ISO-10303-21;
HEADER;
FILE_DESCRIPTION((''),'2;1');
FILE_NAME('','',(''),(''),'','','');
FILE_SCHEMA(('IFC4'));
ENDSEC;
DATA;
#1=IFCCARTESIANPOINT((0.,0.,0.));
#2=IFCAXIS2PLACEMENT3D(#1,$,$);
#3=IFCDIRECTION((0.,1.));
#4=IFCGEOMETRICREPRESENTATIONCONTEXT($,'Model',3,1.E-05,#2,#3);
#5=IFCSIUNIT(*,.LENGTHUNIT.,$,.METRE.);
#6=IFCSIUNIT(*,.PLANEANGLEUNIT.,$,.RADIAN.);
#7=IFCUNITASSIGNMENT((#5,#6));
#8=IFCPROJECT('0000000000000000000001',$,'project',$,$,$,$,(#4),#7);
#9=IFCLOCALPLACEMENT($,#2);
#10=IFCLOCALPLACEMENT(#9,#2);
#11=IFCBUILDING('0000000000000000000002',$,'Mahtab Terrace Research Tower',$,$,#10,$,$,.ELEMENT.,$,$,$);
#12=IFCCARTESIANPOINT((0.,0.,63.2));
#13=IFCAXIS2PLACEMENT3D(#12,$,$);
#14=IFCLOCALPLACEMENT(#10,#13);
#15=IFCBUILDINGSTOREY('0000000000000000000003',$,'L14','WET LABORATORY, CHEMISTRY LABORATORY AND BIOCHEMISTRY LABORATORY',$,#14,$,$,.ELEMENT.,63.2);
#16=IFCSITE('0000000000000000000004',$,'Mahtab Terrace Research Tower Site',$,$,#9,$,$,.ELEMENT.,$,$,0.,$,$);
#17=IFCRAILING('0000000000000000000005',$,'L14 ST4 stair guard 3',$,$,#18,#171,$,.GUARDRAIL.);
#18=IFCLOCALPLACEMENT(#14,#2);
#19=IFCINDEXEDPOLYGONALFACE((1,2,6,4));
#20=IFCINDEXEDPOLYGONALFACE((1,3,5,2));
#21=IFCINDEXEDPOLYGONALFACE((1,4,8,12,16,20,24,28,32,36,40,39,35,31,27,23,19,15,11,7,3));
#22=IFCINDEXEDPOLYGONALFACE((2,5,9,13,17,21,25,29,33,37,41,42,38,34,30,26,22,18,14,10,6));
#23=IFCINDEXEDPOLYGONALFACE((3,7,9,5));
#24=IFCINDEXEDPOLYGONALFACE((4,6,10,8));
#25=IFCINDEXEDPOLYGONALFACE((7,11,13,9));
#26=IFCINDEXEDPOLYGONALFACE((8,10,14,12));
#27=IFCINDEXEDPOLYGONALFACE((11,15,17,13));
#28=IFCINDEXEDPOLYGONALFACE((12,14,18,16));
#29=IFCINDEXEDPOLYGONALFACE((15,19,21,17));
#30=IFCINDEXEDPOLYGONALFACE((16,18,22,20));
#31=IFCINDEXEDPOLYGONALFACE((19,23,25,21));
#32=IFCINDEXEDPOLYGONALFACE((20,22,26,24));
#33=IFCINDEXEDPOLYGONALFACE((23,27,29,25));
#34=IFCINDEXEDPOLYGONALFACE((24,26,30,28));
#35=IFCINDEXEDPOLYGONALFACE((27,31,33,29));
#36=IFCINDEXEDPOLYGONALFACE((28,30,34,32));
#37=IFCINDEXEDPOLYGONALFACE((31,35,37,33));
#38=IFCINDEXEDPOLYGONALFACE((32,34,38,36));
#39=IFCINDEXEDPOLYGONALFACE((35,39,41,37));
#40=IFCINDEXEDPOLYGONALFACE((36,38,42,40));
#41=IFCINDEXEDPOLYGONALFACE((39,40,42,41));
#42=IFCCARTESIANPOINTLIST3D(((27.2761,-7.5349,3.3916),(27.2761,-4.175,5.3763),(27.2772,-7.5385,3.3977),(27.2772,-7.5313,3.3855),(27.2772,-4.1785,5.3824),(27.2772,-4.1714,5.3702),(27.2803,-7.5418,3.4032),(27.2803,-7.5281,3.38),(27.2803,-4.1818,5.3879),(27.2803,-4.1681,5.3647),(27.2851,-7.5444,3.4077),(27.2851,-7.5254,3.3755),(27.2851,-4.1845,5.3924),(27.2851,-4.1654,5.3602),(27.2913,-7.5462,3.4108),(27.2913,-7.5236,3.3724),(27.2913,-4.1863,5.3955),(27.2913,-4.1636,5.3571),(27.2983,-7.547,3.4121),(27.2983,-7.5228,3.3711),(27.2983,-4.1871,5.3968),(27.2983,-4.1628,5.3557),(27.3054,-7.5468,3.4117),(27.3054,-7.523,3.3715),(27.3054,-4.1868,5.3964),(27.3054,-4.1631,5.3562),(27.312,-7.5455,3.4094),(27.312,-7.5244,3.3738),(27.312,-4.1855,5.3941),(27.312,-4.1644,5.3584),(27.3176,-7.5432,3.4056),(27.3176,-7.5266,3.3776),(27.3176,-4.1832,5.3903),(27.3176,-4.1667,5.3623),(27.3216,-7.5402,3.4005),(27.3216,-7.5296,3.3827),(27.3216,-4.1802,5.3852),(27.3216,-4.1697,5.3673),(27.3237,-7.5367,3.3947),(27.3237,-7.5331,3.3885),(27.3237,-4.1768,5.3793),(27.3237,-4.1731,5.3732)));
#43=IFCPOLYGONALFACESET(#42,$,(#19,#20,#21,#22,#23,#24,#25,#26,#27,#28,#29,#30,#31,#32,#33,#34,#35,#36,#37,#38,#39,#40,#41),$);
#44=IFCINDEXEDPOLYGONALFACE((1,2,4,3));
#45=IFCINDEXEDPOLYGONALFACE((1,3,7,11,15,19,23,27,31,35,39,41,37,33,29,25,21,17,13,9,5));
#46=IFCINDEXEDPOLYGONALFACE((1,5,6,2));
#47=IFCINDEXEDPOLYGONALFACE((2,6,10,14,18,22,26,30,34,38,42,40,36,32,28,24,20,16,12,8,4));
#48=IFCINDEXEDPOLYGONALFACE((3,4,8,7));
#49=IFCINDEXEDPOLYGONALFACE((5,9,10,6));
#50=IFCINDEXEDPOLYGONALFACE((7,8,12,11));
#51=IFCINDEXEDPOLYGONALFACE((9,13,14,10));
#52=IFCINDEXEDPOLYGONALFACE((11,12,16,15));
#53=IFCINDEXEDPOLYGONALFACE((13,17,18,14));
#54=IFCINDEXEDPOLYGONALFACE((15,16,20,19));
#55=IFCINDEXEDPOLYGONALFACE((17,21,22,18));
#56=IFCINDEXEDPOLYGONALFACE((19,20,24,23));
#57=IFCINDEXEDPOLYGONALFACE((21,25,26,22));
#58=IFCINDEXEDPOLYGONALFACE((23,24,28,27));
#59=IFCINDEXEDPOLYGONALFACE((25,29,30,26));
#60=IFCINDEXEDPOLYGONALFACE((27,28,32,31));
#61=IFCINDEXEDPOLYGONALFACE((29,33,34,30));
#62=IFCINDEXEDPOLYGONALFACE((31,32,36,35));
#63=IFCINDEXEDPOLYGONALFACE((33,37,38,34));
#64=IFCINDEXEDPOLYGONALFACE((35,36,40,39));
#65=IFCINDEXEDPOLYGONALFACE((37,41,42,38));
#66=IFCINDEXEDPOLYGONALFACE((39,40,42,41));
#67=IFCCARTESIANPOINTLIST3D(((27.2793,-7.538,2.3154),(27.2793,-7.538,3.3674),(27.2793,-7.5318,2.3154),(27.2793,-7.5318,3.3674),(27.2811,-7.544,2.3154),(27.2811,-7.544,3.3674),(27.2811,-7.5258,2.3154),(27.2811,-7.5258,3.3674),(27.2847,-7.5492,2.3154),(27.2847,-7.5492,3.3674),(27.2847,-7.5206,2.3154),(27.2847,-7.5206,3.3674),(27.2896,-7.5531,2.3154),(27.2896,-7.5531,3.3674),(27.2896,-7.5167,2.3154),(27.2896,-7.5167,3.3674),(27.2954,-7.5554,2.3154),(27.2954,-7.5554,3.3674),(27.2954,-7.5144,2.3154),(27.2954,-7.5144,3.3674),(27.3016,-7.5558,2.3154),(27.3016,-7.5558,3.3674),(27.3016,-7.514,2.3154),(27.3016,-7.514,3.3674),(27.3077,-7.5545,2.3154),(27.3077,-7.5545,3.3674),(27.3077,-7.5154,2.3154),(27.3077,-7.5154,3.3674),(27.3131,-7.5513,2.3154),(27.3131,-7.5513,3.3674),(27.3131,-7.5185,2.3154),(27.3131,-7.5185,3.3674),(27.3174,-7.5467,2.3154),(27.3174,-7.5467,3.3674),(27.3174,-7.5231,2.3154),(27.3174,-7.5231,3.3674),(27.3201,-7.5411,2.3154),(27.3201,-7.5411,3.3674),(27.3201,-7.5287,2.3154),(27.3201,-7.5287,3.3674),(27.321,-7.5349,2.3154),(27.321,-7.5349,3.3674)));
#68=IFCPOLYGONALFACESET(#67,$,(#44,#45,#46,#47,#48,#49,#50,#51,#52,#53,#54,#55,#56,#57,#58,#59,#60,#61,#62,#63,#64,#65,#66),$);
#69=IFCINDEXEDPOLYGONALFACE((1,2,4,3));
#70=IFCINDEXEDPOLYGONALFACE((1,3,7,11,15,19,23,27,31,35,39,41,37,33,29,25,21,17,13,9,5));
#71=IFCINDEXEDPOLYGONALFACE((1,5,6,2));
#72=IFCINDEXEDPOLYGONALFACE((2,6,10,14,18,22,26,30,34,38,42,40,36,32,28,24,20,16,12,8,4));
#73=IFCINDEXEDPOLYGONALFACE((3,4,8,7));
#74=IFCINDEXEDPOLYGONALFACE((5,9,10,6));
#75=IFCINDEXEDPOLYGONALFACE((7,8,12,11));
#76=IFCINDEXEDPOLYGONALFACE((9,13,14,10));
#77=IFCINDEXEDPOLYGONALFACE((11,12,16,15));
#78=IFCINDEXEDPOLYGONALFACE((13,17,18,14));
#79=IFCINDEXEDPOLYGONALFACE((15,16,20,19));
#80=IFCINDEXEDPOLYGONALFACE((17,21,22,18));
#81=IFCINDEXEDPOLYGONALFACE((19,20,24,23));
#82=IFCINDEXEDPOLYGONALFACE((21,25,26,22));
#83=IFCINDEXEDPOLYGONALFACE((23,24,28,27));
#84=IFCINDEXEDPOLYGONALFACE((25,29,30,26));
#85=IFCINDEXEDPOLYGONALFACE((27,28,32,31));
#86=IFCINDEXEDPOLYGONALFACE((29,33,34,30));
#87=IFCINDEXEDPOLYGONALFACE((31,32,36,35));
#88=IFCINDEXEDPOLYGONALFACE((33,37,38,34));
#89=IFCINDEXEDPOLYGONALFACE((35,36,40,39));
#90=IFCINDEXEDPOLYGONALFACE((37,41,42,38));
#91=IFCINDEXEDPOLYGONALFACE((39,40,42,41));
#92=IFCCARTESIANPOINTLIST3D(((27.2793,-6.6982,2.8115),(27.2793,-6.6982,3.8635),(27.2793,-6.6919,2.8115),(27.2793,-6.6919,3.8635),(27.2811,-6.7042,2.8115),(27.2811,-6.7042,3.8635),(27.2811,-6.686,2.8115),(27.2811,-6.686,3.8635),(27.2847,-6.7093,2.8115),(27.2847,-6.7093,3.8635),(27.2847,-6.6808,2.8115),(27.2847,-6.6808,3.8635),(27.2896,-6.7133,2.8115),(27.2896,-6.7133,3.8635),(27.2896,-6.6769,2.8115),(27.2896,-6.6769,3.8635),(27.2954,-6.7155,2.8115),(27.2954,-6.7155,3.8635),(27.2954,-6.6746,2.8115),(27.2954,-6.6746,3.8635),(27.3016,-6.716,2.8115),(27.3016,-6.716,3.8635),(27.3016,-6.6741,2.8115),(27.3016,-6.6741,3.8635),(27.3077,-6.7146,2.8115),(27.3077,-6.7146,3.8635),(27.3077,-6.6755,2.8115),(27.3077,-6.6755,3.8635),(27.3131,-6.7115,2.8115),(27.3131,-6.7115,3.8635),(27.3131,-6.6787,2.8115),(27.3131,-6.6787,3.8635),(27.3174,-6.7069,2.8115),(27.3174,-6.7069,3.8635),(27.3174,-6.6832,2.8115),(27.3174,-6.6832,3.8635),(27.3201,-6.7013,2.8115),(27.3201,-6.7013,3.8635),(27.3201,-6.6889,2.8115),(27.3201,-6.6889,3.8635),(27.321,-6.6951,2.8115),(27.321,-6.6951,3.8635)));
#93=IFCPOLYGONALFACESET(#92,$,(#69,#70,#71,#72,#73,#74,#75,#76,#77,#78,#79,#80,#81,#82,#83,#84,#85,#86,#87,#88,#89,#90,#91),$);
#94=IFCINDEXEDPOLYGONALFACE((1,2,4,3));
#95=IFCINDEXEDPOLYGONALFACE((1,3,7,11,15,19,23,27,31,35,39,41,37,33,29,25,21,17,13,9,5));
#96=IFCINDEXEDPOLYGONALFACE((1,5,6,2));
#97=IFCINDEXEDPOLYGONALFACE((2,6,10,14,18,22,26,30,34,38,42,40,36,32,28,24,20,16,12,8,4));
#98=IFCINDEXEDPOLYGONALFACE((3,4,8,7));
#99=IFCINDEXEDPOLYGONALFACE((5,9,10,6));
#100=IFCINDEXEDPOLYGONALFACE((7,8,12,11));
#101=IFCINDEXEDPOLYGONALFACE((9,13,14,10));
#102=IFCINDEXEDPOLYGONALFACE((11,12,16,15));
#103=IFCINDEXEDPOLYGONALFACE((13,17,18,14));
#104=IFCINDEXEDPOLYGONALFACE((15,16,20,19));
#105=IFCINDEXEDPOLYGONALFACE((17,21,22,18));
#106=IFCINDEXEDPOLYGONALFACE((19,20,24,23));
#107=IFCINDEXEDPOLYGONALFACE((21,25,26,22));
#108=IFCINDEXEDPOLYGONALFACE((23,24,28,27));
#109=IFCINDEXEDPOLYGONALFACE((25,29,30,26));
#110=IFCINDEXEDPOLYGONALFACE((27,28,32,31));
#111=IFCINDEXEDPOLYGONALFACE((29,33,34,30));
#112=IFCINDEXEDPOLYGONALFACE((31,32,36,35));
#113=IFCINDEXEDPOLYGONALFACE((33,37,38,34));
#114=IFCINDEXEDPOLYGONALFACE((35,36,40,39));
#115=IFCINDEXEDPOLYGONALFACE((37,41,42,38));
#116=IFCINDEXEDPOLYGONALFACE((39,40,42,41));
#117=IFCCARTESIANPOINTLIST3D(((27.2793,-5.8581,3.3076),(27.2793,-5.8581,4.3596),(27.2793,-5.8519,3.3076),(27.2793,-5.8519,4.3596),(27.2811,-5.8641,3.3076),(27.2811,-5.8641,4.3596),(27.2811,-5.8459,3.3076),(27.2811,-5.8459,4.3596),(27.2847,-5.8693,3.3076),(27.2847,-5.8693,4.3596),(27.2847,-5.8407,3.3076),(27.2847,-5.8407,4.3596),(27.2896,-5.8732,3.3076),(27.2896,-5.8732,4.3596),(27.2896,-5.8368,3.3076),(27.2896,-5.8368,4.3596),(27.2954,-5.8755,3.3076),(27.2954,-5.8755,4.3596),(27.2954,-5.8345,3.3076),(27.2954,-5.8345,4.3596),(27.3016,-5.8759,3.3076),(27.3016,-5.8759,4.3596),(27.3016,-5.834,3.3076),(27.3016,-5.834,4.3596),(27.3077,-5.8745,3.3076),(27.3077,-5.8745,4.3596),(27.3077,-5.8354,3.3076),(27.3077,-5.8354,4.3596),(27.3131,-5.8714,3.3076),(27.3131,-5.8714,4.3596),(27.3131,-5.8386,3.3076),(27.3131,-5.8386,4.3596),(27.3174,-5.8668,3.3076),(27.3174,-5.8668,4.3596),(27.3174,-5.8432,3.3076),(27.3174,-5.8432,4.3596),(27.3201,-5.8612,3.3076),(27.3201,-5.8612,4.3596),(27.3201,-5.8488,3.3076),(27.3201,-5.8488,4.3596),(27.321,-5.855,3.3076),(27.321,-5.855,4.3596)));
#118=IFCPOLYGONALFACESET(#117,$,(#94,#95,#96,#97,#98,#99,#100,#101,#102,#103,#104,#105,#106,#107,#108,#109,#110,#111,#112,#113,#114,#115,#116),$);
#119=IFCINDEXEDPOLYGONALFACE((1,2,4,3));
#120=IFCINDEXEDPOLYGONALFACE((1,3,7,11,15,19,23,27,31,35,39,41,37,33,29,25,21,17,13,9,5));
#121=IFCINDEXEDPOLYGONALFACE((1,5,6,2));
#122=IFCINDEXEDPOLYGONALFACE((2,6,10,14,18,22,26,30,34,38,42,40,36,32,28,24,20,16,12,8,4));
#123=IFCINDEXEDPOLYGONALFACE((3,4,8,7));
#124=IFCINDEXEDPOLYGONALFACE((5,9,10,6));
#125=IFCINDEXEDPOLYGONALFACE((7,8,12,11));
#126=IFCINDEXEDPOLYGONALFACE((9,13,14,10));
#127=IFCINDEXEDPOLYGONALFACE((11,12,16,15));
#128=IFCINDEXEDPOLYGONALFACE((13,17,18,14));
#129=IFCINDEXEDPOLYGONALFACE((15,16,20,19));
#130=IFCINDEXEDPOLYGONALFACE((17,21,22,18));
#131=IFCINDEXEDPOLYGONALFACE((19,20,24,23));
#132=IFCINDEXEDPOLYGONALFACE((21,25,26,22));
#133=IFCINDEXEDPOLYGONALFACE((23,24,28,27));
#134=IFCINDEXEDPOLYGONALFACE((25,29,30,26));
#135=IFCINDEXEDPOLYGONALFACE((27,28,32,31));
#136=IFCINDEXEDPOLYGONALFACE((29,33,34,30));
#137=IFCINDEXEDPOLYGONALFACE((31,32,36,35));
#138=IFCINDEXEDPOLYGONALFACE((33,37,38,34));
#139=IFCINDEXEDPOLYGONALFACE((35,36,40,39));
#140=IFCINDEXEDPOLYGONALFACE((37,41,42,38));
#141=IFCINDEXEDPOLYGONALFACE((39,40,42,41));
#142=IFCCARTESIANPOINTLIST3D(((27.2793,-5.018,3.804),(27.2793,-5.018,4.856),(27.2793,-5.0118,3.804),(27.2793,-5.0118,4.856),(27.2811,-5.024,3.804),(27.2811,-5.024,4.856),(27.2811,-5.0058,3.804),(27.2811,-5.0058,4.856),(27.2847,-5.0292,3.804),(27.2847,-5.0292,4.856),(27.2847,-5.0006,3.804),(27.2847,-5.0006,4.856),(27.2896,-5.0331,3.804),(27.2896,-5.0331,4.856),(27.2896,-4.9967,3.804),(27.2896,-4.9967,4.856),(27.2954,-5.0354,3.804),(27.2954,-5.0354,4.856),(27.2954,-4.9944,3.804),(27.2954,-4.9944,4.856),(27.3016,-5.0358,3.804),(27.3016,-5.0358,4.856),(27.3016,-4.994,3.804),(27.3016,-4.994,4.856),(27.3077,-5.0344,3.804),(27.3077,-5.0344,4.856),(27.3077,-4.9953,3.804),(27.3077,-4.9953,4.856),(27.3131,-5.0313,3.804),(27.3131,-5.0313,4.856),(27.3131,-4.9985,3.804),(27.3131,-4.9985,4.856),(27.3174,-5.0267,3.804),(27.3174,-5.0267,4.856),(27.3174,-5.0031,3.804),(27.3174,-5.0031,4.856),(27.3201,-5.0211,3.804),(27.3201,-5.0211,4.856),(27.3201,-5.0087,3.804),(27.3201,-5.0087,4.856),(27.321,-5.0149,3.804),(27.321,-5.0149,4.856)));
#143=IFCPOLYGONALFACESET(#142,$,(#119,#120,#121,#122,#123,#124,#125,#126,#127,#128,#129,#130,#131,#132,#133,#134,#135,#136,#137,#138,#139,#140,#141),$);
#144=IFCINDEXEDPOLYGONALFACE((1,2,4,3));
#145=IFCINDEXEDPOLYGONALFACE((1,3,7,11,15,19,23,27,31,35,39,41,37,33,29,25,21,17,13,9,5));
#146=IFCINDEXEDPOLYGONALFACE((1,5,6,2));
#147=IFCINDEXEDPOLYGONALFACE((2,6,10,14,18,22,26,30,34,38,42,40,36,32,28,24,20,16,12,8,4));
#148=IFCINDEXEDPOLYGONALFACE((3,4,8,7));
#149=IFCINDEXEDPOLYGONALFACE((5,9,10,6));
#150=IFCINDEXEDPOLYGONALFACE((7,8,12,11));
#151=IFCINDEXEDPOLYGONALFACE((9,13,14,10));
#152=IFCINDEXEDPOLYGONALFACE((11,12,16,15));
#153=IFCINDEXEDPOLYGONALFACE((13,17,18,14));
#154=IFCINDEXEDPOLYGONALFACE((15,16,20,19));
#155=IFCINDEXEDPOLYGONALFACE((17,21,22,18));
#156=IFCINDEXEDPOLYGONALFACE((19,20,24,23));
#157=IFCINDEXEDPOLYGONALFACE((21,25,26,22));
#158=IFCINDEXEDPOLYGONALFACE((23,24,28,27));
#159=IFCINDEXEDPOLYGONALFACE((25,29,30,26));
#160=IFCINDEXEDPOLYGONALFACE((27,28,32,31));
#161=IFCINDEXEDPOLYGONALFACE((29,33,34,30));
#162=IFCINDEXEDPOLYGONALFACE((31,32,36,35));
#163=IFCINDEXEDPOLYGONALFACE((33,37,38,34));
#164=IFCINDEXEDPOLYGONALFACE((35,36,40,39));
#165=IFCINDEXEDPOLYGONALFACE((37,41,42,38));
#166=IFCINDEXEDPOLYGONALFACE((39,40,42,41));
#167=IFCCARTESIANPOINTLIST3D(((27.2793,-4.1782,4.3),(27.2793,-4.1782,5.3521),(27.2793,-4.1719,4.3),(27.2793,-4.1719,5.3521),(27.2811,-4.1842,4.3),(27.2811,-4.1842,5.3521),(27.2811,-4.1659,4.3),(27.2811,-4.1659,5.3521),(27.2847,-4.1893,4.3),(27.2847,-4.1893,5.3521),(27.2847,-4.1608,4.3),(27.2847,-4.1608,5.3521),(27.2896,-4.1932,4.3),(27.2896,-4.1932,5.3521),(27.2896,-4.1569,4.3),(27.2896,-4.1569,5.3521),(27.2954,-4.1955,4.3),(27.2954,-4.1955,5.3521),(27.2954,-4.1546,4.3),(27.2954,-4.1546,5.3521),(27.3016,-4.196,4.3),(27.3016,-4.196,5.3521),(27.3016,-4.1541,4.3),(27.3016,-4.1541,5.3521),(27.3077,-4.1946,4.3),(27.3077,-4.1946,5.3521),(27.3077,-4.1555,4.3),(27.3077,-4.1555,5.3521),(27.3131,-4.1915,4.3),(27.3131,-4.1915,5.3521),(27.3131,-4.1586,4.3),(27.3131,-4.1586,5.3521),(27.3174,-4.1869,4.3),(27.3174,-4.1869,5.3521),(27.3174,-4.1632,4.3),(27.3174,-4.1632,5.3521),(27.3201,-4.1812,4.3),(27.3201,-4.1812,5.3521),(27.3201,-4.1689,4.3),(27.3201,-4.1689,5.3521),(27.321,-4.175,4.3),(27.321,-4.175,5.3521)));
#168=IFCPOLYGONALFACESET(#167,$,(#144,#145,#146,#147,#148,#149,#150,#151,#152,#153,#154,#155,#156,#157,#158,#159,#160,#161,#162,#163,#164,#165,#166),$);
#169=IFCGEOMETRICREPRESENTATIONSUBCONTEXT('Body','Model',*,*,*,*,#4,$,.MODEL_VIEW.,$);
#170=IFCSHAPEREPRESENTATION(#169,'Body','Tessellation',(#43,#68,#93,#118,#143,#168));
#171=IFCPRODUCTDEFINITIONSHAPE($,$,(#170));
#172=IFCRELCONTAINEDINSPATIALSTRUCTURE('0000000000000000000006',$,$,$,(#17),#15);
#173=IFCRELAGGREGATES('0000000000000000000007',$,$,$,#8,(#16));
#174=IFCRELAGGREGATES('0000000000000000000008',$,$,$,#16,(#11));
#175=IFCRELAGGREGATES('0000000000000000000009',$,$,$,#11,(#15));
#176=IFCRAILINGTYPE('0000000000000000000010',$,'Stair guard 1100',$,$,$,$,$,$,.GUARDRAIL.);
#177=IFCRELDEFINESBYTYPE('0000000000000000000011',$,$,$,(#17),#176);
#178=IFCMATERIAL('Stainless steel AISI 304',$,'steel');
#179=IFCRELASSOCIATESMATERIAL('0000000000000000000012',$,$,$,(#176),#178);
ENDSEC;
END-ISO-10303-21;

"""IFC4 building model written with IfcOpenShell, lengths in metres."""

from ifc_helpers import new_model, si_unit, direction, frame, origin, origin_2d, place, context, subcontext, project, spatial, circle, extrude, material, type_object, element, save


model = new_model("IFC4")

# Units and contexts
model_context = context("Model", 3, precision=1e-05, world=origin(), true_north=direction((0.0, 1.0)))
body_context = subcontext(model_context, "Body", "Model", "MODEL_VIEW")
ifc_project = project(units=[si_unit("LENGTHUNIT", "METRE"), si_unit("PLANEANGLEUNIT", "RADIAN")], contexts=[model_context])

# Site, building, storey
site_placement = place(None, origin())
site = spatial("IfcSite", under=ifc_project, at=site_placement, Name="Mahtab Terrace Research Tower Site", CompositionType="ELEMENT", RefElevation=0.0)
building_placement = place(site_placement, origin())
building = spatial("IfcBuilding", under=site, at=building_placement, Name="Mahtab Terrace Research Tower", CompositionType="ELEMENT")
storey_placement = place(building_placement, frame((0.0, 0.0, 63.2)))
storey = spatial("IfcBuildingStorey", under=building, at=storey_placement, Name="L14", Description="WET LABORATORY, CHEMISTRY LABORATORY AND BIOCHEMISTRY LABORATORY", CompositionType="ELEMENT", Elevation=63.2)

# Railing
ifc_material_1 = material(Name="Stainless steel AISI 304", Category="steel")
railing_type_1 = type_object("IfcRailingType", Name="Stair guard 1100", PredefinedType="GUARDRAIL", material=ifc_material_1)
railing_1_placement = place(storey_placement, frame((27.3, -7.5349, 2.3154)))
element("IfcRailing", 1, at=railing_1_placement, inside=storey, type_object=railing_type_1, Name="L14 ST4 stair guard 3", PredefinedType="GUARDRAIL", context=body_context, shape_type="SweptSolid", body=[
    extrude(circle(Radius=0.0239, at=origin_2d()), frame((0.0, 0.0, 1.0762), z_axis=(0.0, 0.861011, 0.508586), x_axis=(-1.0, 0.0, 0.0)), (0.0, 0.0, 1.0), 3.9023),
    extrude(circle(Radius=0.021, at=origin_2d()), origin(), (0.0, 0.0, 1.0), 1.052),
    extrude(circle(Radius=0.021, at=origin_2d()), frame((0.0, 0.8398, 0.4961)), (0.0, 0.0, 1.0), 1.052),
    extrude(circle(Radius=0.021, at=origin_2d()), frame((0.0, 1.6799, 0.9922)), (0.0, 0.0, 1.0), 1.052),
    extrude(circle(Radius=0.021, at=origin_2d()), frame((0.0, 2.52, 1.4885)), (0.0, 0.0, 1.0), 1.052),
    extrude(circle(Radius=0.021, at=origin_2d()), frame((0.0, 3.3599, 1.9846)), (0.0, 0.0, 1.0), 1.052),
])

save(model, "model.ifc")
